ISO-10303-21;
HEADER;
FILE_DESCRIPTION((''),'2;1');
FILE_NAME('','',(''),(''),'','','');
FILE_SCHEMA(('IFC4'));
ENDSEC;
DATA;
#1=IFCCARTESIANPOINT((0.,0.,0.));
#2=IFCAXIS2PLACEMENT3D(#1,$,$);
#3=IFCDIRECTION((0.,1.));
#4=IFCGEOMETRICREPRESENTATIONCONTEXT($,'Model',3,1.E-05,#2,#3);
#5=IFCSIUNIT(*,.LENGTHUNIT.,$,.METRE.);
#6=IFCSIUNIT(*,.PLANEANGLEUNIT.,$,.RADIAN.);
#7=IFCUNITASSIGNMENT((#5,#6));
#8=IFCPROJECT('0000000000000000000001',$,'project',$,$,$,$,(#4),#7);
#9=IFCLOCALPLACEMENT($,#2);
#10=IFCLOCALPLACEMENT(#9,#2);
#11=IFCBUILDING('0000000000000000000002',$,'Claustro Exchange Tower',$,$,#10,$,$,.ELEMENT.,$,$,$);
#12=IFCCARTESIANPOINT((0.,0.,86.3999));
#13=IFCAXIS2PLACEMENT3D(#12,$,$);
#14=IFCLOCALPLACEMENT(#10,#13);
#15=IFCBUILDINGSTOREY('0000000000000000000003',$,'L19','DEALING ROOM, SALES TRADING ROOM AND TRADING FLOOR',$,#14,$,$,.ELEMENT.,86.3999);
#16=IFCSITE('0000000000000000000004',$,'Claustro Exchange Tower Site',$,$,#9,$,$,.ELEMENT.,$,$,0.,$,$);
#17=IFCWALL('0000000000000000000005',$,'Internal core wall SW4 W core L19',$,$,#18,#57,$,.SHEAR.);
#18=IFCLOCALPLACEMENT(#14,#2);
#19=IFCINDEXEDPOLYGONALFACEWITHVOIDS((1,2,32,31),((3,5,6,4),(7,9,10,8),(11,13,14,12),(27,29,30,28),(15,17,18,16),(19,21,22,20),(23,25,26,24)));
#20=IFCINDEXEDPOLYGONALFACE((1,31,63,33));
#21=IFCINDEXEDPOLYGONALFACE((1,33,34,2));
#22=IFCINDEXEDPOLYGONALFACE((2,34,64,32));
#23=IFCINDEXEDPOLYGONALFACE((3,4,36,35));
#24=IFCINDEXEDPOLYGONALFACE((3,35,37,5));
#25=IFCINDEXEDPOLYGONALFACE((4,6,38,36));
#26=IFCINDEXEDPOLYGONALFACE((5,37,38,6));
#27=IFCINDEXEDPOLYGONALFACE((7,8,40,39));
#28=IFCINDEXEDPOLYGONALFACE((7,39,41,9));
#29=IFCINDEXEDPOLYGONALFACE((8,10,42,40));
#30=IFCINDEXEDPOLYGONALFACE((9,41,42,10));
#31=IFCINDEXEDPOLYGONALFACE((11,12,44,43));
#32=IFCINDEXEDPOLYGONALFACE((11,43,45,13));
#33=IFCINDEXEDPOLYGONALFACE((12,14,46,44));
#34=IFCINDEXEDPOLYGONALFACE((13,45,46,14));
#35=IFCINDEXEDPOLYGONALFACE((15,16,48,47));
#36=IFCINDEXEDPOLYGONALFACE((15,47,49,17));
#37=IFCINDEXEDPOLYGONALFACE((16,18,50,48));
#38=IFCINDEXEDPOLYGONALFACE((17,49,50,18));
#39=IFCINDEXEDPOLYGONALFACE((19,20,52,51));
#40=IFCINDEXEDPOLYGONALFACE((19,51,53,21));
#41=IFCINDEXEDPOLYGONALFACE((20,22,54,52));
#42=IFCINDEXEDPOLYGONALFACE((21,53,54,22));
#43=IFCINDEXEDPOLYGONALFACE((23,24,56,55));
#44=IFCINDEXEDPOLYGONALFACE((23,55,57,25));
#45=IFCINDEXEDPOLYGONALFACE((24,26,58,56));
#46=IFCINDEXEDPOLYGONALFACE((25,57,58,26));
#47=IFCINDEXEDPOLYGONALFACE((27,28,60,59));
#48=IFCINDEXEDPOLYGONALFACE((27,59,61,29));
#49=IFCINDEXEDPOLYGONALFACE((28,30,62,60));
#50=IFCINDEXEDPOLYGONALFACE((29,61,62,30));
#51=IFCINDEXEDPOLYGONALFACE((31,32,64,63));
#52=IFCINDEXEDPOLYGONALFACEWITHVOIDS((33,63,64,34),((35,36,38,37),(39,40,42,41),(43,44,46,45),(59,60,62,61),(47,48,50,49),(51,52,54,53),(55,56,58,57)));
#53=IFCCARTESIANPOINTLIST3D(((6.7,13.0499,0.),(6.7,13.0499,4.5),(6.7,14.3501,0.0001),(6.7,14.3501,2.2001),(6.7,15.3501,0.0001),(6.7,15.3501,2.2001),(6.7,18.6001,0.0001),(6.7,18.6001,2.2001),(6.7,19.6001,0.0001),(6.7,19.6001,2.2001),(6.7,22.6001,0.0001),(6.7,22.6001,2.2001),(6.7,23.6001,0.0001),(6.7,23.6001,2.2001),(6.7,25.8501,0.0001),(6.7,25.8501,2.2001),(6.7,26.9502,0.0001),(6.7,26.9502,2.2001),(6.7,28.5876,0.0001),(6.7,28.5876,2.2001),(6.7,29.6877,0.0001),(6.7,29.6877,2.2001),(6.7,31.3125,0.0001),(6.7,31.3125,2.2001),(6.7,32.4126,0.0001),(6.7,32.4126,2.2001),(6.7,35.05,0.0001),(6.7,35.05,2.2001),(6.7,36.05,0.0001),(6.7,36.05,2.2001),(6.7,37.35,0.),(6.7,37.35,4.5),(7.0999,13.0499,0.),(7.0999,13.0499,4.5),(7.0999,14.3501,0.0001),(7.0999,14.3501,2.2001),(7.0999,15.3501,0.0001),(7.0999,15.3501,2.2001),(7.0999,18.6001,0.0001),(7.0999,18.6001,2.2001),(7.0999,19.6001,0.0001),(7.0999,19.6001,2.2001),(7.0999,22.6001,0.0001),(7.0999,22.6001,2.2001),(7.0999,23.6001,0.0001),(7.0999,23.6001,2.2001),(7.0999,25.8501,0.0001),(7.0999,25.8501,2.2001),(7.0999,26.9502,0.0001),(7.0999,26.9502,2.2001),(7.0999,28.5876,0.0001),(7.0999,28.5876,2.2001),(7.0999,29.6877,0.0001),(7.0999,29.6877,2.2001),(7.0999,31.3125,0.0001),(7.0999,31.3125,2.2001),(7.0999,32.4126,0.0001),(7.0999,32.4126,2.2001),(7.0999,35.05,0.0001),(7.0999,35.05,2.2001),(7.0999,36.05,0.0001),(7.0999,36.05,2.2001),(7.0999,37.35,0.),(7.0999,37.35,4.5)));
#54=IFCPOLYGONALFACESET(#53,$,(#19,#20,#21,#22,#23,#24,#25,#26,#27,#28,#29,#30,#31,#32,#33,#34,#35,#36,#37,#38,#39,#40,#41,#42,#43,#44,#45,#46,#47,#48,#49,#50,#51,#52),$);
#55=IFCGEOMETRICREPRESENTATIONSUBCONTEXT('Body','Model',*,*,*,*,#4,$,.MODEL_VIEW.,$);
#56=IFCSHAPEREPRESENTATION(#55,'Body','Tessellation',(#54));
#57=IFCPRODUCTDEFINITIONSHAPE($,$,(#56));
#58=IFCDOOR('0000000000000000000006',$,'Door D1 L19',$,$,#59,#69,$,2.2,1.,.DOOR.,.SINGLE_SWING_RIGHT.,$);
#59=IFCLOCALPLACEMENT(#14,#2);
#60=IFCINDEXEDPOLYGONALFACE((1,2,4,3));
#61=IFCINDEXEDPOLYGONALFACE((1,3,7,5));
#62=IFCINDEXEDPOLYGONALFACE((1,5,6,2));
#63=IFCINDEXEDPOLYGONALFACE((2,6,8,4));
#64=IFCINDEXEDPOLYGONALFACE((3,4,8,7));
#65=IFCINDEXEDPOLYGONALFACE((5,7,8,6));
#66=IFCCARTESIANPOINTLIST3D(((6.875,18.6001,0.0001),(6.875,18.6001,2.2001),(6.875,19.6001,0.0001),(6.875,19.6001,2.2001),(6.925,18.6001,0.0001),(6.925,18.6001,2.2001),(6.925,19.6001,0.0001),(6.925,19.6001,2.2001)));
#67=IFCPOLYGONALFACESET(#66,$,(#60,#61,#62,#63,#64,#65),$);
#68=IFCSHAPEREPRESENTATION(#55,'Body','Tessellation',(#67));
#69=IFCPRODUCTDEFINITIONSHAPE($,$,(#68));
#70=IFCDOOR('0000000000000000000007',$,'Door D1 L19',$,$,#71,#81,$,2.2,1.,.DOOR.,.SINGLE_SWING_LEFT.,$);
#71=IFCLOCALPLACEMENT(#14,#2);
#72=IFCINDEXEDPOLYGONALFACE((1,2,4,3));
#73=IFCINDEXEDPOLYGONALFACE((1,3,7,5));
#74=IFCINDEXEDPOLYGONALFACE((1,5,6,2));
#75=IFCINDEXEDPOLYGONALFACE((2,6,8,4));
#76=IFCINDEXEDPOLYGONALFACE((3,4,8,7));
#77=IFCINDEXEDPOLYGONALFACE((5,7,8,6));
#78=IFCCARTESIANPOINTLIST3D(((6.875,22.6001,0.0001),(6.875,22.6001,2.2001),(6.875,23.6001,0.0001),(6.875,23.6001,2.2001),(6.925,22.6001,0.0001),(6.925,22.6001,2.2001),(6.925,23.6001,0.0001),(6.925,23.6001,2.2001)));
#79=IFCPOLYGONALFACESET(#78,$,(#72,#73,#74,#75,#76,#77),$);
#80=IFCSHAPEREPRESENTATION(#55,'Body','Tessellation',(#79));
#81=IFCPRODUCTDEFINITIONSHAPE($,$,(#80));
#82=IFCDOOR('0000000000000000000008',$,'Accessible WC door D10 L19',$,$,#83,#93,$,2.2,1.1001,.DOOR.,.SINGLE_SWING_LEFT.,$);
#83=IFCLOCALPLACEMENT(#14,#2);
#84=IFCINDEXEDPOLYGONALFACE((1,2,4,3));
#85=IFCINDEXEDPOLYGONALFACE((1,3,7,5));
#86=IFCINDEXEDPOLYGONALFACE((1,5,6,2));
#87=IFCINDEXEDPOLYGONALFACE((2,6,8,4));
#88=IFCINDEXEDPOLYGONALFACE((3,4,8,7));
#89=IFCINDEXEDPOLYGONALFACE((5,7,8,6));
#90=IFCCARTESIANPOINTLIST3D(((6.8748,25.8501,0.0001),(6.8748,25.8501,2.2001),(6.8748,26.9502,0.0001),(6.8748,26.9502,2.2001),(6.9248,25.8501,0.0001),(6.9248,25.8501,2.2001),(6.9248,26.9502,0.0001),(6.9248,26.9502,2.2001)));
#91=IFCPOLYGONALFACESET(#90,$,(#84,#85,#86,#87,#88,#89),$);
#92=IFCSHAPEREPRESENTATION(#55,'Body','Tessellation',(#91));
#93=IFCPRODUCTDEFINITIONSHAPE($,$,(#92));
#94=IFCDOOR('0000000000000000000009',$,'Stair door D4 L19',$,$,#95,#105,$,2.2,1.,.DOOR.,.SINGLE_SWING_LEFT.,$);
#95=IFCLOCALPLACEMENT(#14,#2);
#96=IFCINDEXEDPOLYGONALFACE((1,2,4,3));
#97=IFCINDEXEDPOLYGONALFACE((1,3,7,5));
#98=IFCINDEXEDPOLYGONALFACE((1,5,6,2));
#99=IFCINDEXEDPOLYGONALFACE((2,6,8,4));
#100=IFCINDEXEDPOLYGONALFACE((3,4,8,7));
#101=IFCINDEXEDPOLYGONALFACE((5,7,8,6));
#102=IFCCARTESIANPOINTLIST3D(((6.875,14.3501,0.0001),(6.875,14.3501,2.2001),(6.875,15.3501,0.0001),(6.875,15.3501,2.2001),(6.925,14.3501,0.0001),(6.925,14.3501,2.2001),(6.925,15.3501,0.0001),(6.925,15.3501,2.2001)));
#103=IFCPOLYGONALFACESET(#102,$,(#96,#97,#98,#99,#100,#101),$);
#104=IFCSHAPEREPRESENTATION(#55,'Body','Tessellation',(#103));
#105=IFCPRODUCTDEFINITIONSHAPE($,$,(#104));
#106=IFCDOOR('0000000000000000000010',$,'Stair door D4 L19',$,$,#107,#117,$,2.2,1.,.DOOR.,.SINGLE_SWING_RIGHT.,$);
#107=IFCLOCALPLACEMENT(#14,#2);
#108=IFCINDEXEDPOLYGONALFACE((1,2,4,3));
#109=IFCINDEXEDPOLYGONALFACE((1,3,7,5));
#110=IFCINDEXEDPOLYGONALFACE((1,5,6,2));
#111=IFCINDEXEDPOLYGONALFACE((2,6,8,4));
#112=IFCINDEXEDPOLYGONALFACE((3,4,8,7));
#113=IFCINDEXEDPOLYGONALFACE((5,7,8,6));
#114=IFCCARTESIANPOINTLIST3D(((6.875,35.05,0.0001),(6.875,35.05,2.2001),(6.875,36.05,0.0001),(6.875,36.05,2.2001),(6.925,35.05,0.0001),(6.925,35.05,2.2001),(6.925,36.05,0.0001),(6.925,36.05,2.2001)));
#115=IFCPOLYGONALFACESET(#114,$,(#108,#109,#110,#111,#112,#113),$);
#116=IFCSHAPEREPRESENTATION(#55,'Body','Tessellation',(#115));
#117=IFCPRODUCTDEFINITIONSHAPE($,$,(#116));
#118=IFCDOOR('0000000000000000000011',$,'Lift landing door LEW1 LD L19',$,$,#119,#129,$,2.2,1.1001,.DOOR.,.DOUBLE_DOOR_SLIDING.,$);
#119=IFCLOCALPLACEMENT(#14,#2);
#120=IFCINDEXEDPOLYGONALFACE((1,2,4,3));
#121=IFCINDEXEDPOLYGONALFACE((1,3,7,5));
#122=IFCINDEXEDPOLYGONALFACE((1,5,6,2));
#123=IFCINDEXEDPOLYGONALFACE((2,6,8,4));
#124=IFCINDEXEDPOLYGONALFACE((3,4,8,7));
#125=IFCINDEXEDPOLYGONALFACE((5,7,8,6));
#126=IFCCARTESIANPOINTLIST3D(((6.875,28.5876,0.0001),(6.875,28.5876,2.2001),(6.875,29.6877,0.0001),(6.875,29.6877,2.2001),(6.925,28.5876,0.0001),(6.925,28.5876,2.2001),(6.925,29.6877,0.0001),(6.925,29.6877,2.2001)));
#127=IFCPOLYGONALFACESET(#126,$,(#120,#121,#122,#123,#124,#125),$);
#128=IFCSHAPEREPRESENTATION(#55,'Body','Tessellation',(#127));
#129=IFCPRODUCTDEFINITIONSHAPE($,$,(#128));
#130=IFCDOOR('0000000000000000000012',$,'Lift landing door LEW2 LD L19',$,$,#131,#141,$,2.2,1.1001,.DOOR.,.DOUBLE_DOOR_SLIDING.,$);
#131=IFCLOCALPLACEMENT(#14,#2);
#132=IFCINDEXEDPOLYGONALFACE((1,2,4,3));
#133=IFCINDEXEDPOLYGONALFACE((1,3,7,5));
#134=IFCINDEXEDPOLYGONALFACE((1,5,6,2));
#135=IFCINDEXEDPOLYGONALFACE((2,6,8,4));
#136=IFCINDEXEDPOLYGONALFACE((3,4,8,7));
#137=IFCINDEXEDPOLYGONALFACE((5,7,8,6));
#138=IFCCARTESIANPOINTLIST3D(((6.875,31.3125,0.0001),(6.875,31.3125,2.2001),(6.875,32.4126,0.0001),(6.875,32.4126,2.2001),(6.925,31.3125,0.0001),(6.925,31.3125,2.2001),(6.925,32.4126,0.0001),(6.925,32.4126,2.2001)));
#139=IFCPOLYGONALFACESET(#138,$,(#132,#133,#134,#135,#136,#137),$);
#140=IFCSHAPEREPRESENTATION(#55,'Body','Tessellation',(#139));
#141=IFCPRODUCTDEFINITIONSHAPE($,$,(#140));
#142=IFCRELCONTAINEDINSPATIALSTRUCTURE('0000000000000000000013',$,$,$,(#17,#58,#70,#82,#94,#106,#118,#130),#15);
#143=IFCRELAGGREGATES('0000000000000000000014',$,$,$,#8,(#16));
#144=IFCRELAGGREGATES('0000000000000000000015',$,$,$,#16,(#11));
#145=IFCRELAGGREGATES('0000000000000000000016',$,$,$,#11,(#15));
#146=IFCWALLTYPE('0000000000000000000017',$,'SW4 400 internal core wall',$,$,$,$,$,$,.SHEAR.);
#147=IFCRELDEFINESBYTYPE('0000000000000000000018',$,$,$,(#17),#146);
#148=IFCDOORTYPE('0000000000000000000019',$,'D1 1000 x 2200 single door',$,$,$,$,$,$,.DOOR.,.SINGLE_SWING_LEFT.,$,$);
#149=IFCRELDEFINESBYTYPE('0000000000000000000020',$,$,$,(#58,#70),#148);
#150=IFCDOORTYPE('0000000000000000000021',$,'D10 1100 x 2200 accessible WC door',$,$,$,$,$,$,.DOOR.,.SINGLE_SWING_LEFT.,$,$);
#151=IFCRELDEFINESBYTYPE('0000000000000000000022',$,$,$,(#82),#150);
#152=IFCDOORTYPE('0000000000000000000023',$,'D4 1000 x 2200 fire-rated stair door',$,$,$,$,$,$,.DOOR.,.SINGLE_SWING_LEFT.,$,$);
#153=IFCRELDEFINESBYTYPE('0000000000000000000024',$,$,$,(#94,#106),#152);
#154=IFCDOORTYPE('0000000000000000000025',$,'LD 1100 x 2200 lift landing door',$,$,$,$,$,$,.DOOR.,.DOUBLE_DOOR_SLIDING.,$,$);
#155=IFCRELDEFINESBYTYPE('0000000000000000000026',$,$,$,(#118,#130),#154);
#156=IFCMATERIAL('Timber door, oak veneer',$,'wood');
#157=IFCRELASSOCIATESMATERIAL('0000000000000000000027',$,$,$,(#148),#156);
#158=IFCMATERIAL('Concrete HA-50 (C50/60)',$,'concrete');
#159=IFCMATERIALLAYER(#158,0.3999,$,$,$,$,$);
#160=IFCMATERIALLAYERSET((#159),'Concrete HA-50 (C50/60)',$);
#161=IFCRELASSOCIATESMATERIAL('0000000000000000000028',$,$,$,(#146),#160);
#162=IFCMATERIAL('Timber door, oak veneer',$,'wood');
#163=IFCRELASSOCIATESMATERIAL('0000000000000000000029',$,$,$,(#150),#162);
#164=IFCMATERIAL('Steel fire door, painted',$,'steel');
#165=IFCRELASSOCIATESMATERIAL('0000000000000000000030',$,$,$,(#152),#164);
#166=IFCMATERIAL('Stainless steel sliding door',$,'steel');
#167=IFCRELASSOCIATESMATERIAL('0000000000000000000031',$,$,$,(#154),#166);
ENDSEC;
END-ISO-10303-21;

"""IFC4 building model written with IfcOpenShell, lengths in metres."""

from ifc_helpers import new_model, si_unit, direction, frame, frame_2d, origin, place, context, subcontext, project, spatial, rectangle, extrude, material, layer, layer_set, type_object, element, fill, save


model = new_model("IFC4")

# Units and contexts
model_context = context("Model", 3, precision=1e-05, world=origin(), true_north=direction((0.0, 1.0)))
body_context = subcontext(model_context, "Body", "Model", "MODEL_VIEW")
ifc_project = project(units=[si_unit("LENGTHUNIT", "METRE"), si_unit("PLANEANGLEUNIT", "RADIAN")], contexts=[model_context])

# Site, building, storey
site_placement = place(None, origin())
site = spatial("IfcSite", under=ifc_project, at=site_placement, Name="Claustro Exchange Tower Site", CompositionType="ELEMENT", RefElevation=0.0)
building_placement = place(site_placement, origin())
building = spatial("IfcBuilding", under=site, at=building_placement, Name="Claustro Exchange Tower", CompositionType="ELEMENT")
storey_placement = place(building_placement, frame((0.0, 0.0, 86.3999)))
storey = spatial("IfcBuildingStorey", under=building, at=storey_placement, Name="L19", Description="DEALING ROOM, SALES TRADING ROOM AND TRADING FLOOR", CompositionType="ELEMENT", Elevation=86.3999)

# Shared definitions
ifc_material_1 = material(Name="Timber door, oak veneer", Category="wood")
door_type_1 = type_object("IfcDoorType", Name="D1 1000 x 2200 single door", OperationType="SINGLE_SWING_LEFT", PredefinedType="DOOR", material=ifc_material_1)

# Wall, openings, doors
ifc_material_2 = material(Name="Concrete HA-50 (C50/60)", Category="concrete")
ifc_layer_1 = layer(ifc_material_2, 0.3999)
ifc_layer_set_1 = layer_set([ifc_layer_1], Name="Concrete HA-50 (C50/60)")
wall_type_1 = type_object("IfcWallType", Name="SW4 400 internal core wall", PredefinedType="SHEAR", material=ifc_layer_set_1)
wall_1_placement = place(storey_placement, frame((6.8999, 13.05, 0.0), z_axis=(0.0, 0.0, 1.0), x_axis=(0.0, 1.0, 0.0)))
wall_1 = element("IfcWall", 1, at=wall_1_placement, inside=storey, type_object=wall_type_1, Name="Internal core wall SW4 W core L19", PredefinedType="SHEAR", context=body_context, shape_type="SweptSolid", body=[
    extrude(rectangle(XDim=24.3, YDim=0.3999, at=frame_2d((12.1499, 0.0))), origin(), (0.0, 0.0, 1.0), 4.5),
])
opening_1_placement = place(wall_1_placement, frame((1.3, 0.0, 0.0)))
opening_1 = element("IfcOpeningElement", 2, at=opening_1_placement, cuts=wall_1, PredefinedType="OPENING", context=body_context, shape_type="SweptSolid", body=[
    extrude(rectangle(XDim=1.0, YDim=2.2, at=frame_2d((0.5, 1.1001))), frame((0.0, 0.21, 0.0), z_axis=(0.0, -1.0, 0.0), x_axis=(1.0, 0.0, 0.0)), (0.0, 0.0, 1.0), 0.4199),
])
opening_2_placement = place(wall_1_placement, frame((22.0, 0.0, 0.0)))
opening_2 = element("IfcOpeningElement", 3, at=opening_2_placement, cuts=wall_1, PredefinedType="OPENING", context=body_context, shape_type="SweptSolid", body=[
    extrude(rectangle(XDim=1.0, YDim=2.2, at=frame_2d((0.5, 1.1001))), frame((0.0, 0.21, 0.0), z_axis=(0.0, -1.0, 0.0), x_axis=(1.0, 0.0, 0.0)), (0.0, 0.0, 1.0), 0.4199),
])
opening_3_placement = place(wall_1_placement, frame((5.55, 0.0, 0.0)))
opening_3 = element("IfcOpeningElement", 4, at=opening_3_placement, cuts=wall_1, PredefinedType="OPENING", context=body_context, shape_type="SweptSolid", body=[
    extrude(rectangle(XDim=1.0, YDim=2.2, at=frame_2d((0.5, 1.1001))), frame((0.0, 0.21, 0.0), z_axis=(0.0, -1.0, 0.0), x_axis=(1.0, 0.0, 0.0)), (0.0, 0.0, 1.0), 0.4199),
])
opening_4_placement = place(wall_1_placement, frame((9.55, 0.0, 0.0)))
opening_4 = element("IfcOpeningElement", 5, at=opening_4_placement, cuts=wall_1, PredefinedType="OPENING", context=body_context, shape_type="SweptSolid", body=[
    extrude(rectangle(XDim=1.0, YDim=2.2, at=frame_2d((0.5, 1.1001))), frame((0.0, 0.21, 0.0), z_axis=(0.0, -1.0, 0.0), x_axis=(1.0, 0.0, 0.0)), (0.0, 0.0, 1.0), 0.4199),
])
opening_5_placement = place(wall_1_placement, frame((12.8, 0.0, 0.0)))
opening_5 = element("IfcOpeningElement", 6, at=opening_5_placement, cuts=wall_1, PredefinedType="OPENING", context=body_context, shape_type="SweptSolid", body=[
    extrude(rectangle(XDim=1.1001, YDim=2.2, at=frame_2d((0.55, 1.1001))), frame((0.0, 0.21, 0.0), z_axis=(0.0, -1.0, 0.0), x_axis=(1.0, 0.0, 0.0)), (0.0, 0.0, 1.0), 0.4199),
])
opening_6_placement = place(wall_1_placement, frame((15.5376, 0.0, 0.0)))
opening_6 = element("IfcOpeningElement", 7, at=opening_6_placement, cuts=wall_1, PredefinedType="OPENING", context=body_context, shape_type="SweptSolid", body=[
    extrude(rectangle(XDim=1.1001, YDim=2.2, at=frame_2d((0.55, 1.1001))), frame((0.0, 0.21, 0.0), z_axis=(0.0, -1.0, 0.0), x_axis=(1.0, 0.0, 0.0)), (0.0, 0.0, 1.0), 0.4199),
])
opening_7_placement = place(wall_1_placement, frame((18.2625, 0.0, 0.0)))
opening_7 = element("IfcOpeningElement", 8, at=opening_7_placement, cuts=wall_1, PredefinedType="OPENING", context=body_context, shape_type="SweptSolid", body=[
    extrude(rectangle(XDim=1.1001, YDim=2.2, at=frame_2d((0.55, 1.1001))), frame((0.0, 0.21, 0.0), z_axis=(0.0, -1.0, 0.0), x_axis=(1.0, 0.0, 0.0)), (0.0, 0.0, 1.0), 0.4199),
])
door_1_placement = place(opening_3_placement, origin())
door_1 = element("IfcDoor", 9, at=door_1_placement, inside=storey, type_object=door_type_1, Name="Door D1 L19", OperationType="SINGLE_SWING_RIGHT", OverallHeight=2.2, OverallWidth=1.0, PredefinedType="DOOR", context=body_context, shape_type="SweptSolid", body=[
    extrude(rectangle(XDim=1.0, YDim=2.2, at=frame_2d((0.5, 1.1001))), frame((0.0, 0.0249, 0.0), z_axis=(0.0, -1.0, 0.0), x_axis=(1.0, 0.0, 0.0)), (0.0, 0.0, 1.0), 0.05),
])
fill(opening_3, door_1)
door_2_placement = place(opening_4_placement, origin())
door_2 = element("IfcDoor", 10, at=door_2_placement, inside=storey, type_object=door_type_1, Name="Door D1 L19", OperationType="SINGLE_SWING_LEFT", OverallHeight=2.2, OverallWidth=1.0, PredefinedType="DOOR", context=body_context, shape_type="SweptSolid", body=[
    extrude(rectangle(XDim=1.0, YDim=2.2, at=frame_2d((0.5, 1.1001))), frame((0.0, 0.0249, 0.0), z_axis=(0.0, -1.0, 0.0), x_axis=(1.0, 0.0, 0.0)), (0.0, 0.0, 1.0), 0.05),
])
fill(opening_4, door_2)
ifc_material_3 = material(Name="Timber door, oak veneer", Category="wood")
door_type_2 = type_object("IfcDoorType", Name="D10 1100 x 2200 accessible WC door", OperationType="SINGLE_SWING_LEFT", PredefinedType="DOOR", material=ifc_material_3)
door_3_placement = place(opening_5_placement, frame((1.1001, 0.0, 0.0), z_axis=(0.0, 0.0, 1.0), x_axis=(-1.0, 0.0, 0.0)))
door_3 = element("IfcDoor", 11, at=door_3_placement, inside=storey, type_object=door_type_2, Name="Accessible WC door D10 L19", OperationType="SINGLE_SWING_LEFT", OverallHeight=2.2, OverallWidth=1.1001, PredefinedType="DOOR", context=body_context, shape_type="SweptSolid", body=[
    extrude(rectangle(XDim=1.1001, YDim=2.2, at=frame_2d((0.55, 1.1001))), frame((0.0, 0.0249, 0.0), z_axis=(0.0, -1.0, 0.0), x_axis=(1.0, 0.0, 0.0)), (0.0, 0.0, 1.0), 0.05),
])
fill(opening_5, door_3)
ifc_material_4 = material(Name="Steel fire door, painted", Category="steel")
door_type_3 = type_object("IfcDoorType", Name="D4 1000 x 2200 fire-rated stair door", OperationType="SINGLE_SWING_LEFT", PredefinedType="DOOR", material=ifc_material_4)
door_4_placement = place(opening_1_placement, origin())
door_4 = element("IfcDoor", 12, at=door_4_placement, inside=storey, type_object=door_type_3, Name="Stair door D4 L19", OperationType="SINGLE_SWING_LEFT", OverallHeight=2.2, OverallWidth=1.0, PredefinedType="DOOR", context=body_context, shape_type="SweptSolid", body=[
    extrude(rectangle(XDim=1.0, YDim=2.2, at=frame_2d((0.5, 1.1001))), frame((0.0, 0.0249, 0.0), z_axis=(0.0, -1.0, 0.0), x_axis=(1.0, 0.0, 0.0)), (0.0, 0.0, 1.0), 0.05),
])
fill(opening_1, door_4)
door_5_placement = place(opening_2_placement, origin())
door_5 = element("IfcDoor", 13, at=door_5_placement, inside=storey, type_object=door_type_3, Name="Stair door D4 L19", OperationType="SINGLE_SWING_RIGHT", OverallHeight=2.2, OverallWidth=1.0, PredefinedType="DOOR", context=body_context, shape_type="SweptSolid", body=[
    extrude(rectangle(XDim=1.0, YDim=2.2, at=frame_2d((0.5, 1.1001))), frame((0.0, 0.0249, 0.0), z_axis=(0.0, -1.0, 0.0), x_axis=(1.0, 0.0, 0.0)), (0.0, 0.0, 1.0), 0.05),
])
fill(opening_2, door_5)
ifc_material_5 = material(Name="Stainless steel sliding door", Category="steel")
door_type_4 = type_object("IfcDoorType", Name="LD 1100 x 2200 lift landing door", OperationType="DOUBLE_DOOR_SLIDING", PredefinedType="DOOR", material=ifc_material_5)
door_6_placement = place(opening_6_placement, origin())
door_6 = element("IfcDoor", 14, at=door_6_placement, inside=storey, type_object=door_type_4, Name="Lift landing door LEW1 LD L19", OperationType="DOUBLE_DOOR_SLIDING", OverallHeight=2.2, OverallWidth=1.1001, PredefinedType="DOOR", context=body_context, shape_type="SweptSolid", body=[
    extrude(rectangle(XDim=1.1001, YDim=2.2, at=frame_2d((0.55, 1.1001))), frame((0.0, 0.0249, 0.0), z_axis=(0.0, -1.0, 0.0), x_axis=(1.0, 0.0, 0.0)), (0.0, 0.0, 1.0), 0.05),
])
fill(opening_6, door_6)
door_7_placement = place(opening_7_placement, origin())
door_7 = element("IfcDoor", 15, at=door_7_placement, inside=storey, type_object=door_type_4, Name="Lift landing door LEW2 LD L19", OperationType="DOUBLE_DOOR_SLIDING", OverallHeight=2.2, OverallWidth=1.1001, PredefinedType="DOOR", context=body_context, shape_type="SweptSolid", body=[
    extrude(rectangle(XDim=1.1001, YDim=2.2, at=frame_2d((0.55, 1.1001))), frame((0.0, 0.0249, 0.0), z_axis=(0.0, -1.0, 0.0), x_axis=(1.0, 0.0, 0.0)), (0.0, 0.0, 1.0), 0.05),
])
fill(opening_7, door_7)

save(model, "model.ifc")
